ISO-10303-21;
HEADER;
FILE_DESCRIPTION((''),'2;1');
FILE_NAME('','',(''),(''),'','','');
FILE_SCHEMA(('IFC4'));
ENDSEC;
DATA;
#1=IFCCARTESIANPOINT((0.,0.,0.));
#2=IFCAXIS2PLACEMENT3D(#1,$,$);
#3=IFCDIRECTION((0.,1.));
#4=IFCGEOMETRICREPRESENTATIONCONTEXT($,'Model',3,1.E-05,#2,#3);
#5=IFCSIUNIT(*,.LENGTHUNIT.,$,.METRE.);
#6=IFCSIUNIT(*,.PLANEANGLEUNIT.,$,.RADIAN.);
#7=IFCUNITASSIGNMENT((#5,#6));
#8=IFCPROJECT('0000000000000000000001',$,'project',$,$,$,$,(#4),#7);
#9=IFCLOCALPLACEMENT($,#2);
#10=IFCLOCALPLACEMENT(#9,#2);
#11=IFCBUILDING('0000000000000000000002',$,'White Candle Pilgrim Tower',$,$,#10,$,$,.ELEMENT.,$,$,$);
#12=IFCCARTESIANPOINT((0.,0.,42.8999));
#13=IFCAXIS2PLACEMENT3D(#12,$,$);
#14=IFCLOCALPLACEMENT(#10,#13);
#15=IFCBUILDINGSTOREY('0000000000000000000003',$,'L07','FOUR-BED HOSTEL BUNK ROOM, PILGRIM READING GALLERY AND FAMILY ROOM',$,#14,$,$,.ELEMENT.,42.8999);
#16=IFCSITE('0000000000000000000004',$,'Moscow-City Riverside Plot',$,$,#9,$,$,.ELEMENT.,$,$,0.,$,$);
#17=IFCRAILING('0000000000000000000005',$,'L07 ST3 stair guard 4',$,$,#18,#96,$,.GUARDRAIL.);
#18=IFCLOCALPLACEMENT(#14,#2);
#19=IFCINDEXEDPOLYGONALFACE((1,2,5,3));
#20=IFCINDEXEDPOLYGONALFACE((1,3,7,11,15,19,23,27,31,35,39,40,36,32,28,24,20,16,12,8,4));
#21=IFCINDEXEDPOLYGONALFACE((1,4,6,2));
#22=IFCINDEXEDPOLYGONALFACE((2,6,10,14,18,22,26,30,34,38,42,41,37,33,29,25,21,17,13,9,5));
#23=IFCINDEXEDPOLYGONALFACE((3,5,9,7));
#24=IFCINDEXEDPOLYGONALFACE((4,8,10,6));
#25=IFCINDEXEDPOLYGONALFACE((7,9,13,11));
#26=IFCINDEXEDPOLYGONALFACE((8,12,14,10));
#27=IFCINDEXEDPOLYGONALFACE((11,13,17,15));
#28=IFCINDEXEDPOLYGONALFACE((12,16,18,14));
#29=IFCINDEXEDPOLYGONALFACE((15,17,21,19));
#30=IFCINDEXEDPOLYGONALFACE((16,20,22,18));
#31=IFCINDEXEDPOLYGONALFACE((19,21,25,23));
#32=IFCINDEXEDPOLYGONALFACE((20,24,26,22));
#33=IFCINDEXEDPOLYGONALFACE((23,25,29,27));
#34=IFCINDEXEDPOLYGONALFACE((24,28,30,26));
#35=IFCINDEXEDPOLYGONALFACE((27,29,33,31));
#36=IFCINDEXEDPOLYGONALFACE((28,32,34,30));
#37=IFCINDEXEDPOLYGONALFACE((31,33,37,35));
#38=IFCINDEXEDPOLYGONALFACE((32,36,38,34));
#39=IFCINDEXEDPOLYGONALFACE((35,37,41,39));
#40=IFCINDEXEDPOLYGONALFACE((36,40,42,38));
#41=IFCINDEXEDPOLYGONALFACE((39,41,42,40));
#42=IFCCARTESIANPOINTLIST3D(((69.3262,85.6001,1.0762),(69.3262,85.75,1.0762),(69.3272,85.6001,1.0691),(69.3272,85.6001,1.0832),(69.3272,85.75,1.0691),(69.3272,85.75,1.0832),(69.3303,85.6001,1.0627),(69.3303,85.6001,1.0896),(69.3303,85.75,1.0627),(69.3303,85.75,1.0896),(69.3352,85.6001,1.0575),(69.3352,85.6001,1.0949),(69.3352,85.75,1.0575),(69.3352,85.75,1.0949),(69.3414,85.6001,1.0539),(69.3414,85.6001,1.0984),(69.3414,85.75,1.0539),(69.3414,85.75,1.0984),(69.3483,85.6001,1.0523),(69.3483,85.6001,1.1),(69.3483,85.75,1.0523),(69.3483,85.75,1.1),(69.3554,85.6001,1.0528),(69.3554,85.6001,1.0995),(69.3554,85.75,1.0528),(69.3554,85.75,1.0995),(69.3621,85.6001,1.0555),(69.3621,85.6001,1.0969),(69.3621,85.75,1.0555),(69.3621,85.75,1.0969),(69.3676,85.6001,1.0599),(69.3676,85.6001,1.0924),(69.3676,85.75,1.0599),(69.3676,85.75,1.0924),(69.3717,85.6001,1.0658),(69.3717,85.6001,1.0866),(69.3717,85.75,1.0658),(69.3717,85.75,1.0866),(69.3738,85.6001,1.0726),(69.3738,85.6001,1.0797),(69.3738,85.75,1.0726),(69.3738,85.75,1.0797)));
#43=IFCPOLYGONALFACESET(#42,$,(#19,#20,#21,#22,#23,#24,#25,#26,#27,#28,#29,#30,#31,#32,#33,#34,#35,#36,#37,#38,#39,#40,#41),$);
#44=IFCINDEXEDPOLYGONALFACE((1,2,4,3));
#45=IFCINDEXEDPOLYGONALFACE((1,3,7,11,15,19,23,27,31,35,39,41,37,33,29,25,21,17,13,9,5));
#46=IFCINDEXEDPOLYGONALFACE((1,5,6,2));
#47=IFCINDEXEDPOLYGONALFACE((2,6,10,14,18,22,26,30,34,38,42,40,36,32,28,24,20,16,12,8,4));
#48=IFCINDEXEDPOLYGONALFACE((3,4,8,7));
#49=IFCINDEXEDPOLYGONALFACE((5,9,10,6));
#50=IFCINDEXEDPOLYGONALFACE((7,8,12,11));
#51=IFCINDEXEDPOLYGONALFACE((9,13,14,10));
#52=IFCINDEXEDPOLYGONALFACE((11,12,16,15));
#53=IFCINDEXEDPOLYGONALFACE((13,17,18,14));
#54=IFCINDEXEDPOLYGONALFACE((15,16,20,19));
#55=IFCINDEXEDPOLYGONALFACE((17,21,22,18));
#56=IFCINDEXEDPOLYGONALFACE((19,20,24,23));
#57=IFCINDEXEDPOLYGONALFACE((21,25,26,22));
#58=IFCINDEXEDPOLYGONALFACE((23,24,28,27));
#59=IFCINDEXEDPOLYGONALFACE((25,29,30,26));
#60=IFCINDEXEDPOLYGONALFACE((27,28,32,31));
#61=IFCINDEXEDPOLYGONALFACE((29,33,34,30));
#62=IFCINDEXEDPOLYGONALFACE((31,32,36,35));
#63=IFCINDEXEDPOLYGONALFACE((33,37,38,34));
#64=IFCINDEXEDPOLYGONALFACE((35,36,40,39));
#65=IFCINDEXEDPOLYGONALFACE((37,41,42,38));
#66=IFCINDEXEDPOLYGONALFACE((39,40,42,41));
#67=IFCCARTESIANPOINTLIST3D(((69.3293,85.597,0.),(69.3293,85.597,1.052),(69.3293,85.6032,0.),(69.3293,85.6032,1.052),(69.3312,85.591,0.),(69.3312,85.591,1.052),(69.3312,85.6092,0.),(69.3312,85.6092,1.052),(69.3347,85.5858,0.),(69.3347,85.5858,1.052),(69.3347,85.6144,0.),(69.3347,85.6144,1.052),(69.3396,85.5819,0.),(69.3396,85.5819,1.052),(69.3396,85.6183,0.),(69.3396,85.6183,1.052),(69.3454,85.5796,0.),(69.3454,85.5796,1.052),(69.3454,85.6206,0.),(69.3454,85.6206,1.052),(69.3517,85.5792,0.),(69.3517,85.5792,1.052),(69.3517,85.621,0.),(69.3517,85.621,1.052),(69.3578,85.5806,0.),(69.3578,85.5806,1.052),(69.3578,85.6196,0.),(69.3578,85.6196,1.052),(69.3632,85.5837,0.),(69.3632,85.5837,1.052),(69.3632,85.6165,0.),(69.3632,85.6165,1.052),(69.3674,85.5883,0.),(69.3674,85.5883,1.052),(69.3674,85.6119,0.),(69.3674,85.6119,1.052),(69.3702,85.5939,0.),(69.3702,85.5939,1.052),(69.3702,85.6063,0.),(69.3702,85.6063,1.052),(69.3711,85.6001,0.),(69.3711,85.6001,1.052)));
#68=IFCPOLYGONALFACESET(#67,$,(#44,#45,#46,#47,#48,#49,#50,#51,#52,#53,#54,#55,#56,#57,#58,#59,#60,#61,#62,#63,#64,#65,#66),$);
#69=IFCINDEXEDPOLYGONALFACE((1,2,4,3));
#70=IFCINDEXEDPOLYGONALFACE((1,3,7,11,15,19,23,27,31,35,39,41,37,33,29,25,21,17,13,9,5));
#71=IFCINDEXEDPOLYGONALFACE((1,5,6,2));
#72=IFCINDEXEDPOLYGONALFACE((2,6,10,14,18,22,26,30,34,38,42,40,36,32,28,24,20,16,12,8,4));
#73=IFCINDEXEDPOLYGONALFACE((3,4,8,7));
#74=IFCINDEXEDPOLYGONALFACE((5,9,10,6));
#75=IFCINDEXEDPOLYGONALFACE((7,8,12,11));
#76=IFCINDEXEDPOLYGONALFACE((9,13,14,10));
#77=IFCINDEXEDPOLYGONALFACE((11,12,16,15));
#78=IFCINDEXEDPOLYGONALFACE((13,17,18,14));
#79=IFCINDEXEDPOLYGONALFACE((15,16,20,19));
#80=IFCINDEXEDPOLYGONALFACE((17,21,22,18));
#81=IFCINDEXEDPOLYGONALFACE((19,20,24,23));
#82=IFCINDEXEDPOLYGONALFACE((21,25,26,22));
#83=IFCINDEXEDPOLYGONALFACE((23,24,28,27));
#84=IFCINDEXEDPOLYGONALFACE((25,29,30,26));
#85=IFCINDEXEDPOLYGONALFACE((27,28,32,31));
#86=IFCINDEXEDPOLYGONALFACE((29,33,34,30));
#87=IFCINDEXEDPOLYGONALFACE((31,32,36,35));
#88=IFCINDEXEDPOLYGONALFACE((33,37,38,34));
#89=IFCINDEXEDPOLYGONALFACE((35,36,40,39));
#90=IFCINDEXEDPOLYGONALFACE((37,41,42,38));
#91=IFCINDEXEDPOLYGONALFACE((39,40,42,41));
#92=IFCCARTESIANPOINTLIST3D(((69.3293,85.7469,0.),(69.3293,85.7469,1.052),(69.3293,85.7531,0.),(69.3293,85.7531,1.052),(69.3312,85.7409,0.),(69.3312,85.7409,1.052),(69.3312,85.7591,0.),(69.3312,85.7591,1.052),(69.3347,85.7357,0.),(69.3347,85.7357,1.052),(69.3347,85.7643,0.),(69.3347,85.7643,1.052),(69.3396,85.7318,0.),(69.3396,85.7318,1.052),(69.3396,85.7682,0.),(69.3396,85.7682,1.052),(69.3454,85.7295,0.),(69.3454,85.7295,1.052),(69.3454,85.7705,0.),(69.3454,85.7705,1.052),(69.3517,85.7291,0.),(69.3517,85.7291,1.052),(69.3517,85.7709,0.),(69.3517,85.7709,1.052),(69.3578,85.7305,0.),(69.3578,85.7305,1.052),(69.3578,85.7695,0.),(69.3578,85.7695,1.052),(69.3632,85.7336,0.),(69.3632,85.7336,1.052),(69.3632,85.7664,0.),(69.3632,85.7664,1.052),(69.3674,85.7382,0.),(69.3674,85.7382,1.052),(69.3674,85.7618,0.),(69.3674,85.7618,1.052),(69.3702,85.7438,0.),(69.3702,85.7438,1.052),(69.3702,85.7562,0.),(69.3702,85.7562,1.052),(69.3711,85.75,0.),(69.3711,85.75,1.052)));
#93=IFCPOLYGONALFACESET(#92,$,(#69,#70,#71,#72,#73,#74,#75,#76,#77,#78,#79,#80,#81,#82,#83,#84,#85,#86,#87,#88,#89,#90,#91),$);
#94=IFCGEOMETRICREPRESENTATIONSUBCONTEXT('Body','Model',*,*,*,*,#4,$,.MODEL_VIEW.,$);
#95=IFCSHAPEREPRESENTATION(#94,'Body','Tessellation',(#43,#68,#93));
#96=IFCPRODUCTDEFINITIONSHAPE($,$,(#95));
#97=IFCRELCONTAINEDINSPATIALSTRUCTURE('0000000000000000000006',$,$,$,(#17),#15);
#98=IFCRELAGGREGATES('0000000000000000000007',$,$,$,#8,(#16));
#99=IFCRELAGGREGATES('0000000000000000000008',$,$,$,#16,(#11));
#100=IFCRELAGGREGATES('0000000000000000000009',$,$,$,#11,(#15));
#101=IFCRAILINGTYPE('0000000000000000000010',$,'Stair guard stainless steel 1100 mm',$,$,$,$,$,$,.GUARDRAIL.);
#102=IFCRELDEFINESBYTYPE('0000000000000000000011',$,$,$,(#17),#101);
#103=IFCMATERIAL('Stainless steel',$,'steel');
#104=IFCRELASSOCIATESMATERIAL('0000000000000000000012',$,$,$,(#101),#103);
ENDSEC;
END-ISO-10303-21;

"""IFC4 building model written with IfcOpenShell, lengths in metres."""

from ifc_helpers import new_model, si_unit, direction, frame, origin, origin_2d, place, context, subcontext, project, spatial, circle, extrude, material, type_object, element, save


model = new_model("IFC4")

# Units and contexts
model_context = context("Model", 3, precision=1e-05, world=origin(), true_north=direction((0.0, 1.0)))
body_context = subcontext(model_context, "Body", "Model", "MODEL_VIEW")
ifc_project = project(units=[si_unit("LENGTHUNIT", "METRE"), si_unit("PLANEANGLEUNIT", "RADIAN")], contexts=[model_context])

# Site, building, storey
site_placement = place(None, origin())
site = spatial("IfcSite", under=ifc_project, at=site_placement, Name="Moscow-City Riverside Plot", CompositionType="ELEMENT", RefElevation=0.0)
building_placement = place(site_placement, origin())
building = spatial("IfcBuilding", under=site, at=building_placement, Name="White Candle Pilgrim Tower", CompositionType="ELEMENT")
storey_placement = place(building_placement, frame((0.0, 0.0, 42.8999)))
storey = spatial("IfcBuildingStorey", under=building, at=storey_placement, Name="L07", Description="FOUR-BED HOSTEL BUNK ROOM, PILGRIM READING GALLERY AND FAMILY ROOM", CompositionType="ELEMENT", Elevation=42.8999)

# Railing
ifc_material_1 = material(Name="Stainless steel", Category="steel")
railing_type_1 = type_object("IfcRailingType", Name="Stair guard stainless steel 1100 mm", PredefinedType="GUARDRAIL", material=ifc_material_1)
railing_1_placement = place(storey_placement, frame((69.3501, 85.6001, 0.0)))
element("IfcRailing", 1, at=railing_1_placement, inside=storey, type_object=railing_type_1, Name="L07 ST3 stair guard 4", PredefinedType="GUARDRAIL", context=body_context, shape_type="SweptSolid", body=[
    extrude(circle(Radius=0.0239, at=origin_2d()), frame((0.0, 0.0, 1.0762), z_axis=(0.0, 1.0, 0.0), x_axis=(-1.0, 0.0, 0.0)), (0.0, 0.0, 1.0), 0.1499),
    extrude(circle(Radius=0.021, at=origin_2d()), origin(), (0.0, 0.0, 1.0), 1.052),
    extrude(circle(Radius=0.021, at=origin_2d()), frame((0.0, 0.1499, 0.0)), (0.0, 0.0, 1.0), 1.052),
])

save(model, "model.ifc")
